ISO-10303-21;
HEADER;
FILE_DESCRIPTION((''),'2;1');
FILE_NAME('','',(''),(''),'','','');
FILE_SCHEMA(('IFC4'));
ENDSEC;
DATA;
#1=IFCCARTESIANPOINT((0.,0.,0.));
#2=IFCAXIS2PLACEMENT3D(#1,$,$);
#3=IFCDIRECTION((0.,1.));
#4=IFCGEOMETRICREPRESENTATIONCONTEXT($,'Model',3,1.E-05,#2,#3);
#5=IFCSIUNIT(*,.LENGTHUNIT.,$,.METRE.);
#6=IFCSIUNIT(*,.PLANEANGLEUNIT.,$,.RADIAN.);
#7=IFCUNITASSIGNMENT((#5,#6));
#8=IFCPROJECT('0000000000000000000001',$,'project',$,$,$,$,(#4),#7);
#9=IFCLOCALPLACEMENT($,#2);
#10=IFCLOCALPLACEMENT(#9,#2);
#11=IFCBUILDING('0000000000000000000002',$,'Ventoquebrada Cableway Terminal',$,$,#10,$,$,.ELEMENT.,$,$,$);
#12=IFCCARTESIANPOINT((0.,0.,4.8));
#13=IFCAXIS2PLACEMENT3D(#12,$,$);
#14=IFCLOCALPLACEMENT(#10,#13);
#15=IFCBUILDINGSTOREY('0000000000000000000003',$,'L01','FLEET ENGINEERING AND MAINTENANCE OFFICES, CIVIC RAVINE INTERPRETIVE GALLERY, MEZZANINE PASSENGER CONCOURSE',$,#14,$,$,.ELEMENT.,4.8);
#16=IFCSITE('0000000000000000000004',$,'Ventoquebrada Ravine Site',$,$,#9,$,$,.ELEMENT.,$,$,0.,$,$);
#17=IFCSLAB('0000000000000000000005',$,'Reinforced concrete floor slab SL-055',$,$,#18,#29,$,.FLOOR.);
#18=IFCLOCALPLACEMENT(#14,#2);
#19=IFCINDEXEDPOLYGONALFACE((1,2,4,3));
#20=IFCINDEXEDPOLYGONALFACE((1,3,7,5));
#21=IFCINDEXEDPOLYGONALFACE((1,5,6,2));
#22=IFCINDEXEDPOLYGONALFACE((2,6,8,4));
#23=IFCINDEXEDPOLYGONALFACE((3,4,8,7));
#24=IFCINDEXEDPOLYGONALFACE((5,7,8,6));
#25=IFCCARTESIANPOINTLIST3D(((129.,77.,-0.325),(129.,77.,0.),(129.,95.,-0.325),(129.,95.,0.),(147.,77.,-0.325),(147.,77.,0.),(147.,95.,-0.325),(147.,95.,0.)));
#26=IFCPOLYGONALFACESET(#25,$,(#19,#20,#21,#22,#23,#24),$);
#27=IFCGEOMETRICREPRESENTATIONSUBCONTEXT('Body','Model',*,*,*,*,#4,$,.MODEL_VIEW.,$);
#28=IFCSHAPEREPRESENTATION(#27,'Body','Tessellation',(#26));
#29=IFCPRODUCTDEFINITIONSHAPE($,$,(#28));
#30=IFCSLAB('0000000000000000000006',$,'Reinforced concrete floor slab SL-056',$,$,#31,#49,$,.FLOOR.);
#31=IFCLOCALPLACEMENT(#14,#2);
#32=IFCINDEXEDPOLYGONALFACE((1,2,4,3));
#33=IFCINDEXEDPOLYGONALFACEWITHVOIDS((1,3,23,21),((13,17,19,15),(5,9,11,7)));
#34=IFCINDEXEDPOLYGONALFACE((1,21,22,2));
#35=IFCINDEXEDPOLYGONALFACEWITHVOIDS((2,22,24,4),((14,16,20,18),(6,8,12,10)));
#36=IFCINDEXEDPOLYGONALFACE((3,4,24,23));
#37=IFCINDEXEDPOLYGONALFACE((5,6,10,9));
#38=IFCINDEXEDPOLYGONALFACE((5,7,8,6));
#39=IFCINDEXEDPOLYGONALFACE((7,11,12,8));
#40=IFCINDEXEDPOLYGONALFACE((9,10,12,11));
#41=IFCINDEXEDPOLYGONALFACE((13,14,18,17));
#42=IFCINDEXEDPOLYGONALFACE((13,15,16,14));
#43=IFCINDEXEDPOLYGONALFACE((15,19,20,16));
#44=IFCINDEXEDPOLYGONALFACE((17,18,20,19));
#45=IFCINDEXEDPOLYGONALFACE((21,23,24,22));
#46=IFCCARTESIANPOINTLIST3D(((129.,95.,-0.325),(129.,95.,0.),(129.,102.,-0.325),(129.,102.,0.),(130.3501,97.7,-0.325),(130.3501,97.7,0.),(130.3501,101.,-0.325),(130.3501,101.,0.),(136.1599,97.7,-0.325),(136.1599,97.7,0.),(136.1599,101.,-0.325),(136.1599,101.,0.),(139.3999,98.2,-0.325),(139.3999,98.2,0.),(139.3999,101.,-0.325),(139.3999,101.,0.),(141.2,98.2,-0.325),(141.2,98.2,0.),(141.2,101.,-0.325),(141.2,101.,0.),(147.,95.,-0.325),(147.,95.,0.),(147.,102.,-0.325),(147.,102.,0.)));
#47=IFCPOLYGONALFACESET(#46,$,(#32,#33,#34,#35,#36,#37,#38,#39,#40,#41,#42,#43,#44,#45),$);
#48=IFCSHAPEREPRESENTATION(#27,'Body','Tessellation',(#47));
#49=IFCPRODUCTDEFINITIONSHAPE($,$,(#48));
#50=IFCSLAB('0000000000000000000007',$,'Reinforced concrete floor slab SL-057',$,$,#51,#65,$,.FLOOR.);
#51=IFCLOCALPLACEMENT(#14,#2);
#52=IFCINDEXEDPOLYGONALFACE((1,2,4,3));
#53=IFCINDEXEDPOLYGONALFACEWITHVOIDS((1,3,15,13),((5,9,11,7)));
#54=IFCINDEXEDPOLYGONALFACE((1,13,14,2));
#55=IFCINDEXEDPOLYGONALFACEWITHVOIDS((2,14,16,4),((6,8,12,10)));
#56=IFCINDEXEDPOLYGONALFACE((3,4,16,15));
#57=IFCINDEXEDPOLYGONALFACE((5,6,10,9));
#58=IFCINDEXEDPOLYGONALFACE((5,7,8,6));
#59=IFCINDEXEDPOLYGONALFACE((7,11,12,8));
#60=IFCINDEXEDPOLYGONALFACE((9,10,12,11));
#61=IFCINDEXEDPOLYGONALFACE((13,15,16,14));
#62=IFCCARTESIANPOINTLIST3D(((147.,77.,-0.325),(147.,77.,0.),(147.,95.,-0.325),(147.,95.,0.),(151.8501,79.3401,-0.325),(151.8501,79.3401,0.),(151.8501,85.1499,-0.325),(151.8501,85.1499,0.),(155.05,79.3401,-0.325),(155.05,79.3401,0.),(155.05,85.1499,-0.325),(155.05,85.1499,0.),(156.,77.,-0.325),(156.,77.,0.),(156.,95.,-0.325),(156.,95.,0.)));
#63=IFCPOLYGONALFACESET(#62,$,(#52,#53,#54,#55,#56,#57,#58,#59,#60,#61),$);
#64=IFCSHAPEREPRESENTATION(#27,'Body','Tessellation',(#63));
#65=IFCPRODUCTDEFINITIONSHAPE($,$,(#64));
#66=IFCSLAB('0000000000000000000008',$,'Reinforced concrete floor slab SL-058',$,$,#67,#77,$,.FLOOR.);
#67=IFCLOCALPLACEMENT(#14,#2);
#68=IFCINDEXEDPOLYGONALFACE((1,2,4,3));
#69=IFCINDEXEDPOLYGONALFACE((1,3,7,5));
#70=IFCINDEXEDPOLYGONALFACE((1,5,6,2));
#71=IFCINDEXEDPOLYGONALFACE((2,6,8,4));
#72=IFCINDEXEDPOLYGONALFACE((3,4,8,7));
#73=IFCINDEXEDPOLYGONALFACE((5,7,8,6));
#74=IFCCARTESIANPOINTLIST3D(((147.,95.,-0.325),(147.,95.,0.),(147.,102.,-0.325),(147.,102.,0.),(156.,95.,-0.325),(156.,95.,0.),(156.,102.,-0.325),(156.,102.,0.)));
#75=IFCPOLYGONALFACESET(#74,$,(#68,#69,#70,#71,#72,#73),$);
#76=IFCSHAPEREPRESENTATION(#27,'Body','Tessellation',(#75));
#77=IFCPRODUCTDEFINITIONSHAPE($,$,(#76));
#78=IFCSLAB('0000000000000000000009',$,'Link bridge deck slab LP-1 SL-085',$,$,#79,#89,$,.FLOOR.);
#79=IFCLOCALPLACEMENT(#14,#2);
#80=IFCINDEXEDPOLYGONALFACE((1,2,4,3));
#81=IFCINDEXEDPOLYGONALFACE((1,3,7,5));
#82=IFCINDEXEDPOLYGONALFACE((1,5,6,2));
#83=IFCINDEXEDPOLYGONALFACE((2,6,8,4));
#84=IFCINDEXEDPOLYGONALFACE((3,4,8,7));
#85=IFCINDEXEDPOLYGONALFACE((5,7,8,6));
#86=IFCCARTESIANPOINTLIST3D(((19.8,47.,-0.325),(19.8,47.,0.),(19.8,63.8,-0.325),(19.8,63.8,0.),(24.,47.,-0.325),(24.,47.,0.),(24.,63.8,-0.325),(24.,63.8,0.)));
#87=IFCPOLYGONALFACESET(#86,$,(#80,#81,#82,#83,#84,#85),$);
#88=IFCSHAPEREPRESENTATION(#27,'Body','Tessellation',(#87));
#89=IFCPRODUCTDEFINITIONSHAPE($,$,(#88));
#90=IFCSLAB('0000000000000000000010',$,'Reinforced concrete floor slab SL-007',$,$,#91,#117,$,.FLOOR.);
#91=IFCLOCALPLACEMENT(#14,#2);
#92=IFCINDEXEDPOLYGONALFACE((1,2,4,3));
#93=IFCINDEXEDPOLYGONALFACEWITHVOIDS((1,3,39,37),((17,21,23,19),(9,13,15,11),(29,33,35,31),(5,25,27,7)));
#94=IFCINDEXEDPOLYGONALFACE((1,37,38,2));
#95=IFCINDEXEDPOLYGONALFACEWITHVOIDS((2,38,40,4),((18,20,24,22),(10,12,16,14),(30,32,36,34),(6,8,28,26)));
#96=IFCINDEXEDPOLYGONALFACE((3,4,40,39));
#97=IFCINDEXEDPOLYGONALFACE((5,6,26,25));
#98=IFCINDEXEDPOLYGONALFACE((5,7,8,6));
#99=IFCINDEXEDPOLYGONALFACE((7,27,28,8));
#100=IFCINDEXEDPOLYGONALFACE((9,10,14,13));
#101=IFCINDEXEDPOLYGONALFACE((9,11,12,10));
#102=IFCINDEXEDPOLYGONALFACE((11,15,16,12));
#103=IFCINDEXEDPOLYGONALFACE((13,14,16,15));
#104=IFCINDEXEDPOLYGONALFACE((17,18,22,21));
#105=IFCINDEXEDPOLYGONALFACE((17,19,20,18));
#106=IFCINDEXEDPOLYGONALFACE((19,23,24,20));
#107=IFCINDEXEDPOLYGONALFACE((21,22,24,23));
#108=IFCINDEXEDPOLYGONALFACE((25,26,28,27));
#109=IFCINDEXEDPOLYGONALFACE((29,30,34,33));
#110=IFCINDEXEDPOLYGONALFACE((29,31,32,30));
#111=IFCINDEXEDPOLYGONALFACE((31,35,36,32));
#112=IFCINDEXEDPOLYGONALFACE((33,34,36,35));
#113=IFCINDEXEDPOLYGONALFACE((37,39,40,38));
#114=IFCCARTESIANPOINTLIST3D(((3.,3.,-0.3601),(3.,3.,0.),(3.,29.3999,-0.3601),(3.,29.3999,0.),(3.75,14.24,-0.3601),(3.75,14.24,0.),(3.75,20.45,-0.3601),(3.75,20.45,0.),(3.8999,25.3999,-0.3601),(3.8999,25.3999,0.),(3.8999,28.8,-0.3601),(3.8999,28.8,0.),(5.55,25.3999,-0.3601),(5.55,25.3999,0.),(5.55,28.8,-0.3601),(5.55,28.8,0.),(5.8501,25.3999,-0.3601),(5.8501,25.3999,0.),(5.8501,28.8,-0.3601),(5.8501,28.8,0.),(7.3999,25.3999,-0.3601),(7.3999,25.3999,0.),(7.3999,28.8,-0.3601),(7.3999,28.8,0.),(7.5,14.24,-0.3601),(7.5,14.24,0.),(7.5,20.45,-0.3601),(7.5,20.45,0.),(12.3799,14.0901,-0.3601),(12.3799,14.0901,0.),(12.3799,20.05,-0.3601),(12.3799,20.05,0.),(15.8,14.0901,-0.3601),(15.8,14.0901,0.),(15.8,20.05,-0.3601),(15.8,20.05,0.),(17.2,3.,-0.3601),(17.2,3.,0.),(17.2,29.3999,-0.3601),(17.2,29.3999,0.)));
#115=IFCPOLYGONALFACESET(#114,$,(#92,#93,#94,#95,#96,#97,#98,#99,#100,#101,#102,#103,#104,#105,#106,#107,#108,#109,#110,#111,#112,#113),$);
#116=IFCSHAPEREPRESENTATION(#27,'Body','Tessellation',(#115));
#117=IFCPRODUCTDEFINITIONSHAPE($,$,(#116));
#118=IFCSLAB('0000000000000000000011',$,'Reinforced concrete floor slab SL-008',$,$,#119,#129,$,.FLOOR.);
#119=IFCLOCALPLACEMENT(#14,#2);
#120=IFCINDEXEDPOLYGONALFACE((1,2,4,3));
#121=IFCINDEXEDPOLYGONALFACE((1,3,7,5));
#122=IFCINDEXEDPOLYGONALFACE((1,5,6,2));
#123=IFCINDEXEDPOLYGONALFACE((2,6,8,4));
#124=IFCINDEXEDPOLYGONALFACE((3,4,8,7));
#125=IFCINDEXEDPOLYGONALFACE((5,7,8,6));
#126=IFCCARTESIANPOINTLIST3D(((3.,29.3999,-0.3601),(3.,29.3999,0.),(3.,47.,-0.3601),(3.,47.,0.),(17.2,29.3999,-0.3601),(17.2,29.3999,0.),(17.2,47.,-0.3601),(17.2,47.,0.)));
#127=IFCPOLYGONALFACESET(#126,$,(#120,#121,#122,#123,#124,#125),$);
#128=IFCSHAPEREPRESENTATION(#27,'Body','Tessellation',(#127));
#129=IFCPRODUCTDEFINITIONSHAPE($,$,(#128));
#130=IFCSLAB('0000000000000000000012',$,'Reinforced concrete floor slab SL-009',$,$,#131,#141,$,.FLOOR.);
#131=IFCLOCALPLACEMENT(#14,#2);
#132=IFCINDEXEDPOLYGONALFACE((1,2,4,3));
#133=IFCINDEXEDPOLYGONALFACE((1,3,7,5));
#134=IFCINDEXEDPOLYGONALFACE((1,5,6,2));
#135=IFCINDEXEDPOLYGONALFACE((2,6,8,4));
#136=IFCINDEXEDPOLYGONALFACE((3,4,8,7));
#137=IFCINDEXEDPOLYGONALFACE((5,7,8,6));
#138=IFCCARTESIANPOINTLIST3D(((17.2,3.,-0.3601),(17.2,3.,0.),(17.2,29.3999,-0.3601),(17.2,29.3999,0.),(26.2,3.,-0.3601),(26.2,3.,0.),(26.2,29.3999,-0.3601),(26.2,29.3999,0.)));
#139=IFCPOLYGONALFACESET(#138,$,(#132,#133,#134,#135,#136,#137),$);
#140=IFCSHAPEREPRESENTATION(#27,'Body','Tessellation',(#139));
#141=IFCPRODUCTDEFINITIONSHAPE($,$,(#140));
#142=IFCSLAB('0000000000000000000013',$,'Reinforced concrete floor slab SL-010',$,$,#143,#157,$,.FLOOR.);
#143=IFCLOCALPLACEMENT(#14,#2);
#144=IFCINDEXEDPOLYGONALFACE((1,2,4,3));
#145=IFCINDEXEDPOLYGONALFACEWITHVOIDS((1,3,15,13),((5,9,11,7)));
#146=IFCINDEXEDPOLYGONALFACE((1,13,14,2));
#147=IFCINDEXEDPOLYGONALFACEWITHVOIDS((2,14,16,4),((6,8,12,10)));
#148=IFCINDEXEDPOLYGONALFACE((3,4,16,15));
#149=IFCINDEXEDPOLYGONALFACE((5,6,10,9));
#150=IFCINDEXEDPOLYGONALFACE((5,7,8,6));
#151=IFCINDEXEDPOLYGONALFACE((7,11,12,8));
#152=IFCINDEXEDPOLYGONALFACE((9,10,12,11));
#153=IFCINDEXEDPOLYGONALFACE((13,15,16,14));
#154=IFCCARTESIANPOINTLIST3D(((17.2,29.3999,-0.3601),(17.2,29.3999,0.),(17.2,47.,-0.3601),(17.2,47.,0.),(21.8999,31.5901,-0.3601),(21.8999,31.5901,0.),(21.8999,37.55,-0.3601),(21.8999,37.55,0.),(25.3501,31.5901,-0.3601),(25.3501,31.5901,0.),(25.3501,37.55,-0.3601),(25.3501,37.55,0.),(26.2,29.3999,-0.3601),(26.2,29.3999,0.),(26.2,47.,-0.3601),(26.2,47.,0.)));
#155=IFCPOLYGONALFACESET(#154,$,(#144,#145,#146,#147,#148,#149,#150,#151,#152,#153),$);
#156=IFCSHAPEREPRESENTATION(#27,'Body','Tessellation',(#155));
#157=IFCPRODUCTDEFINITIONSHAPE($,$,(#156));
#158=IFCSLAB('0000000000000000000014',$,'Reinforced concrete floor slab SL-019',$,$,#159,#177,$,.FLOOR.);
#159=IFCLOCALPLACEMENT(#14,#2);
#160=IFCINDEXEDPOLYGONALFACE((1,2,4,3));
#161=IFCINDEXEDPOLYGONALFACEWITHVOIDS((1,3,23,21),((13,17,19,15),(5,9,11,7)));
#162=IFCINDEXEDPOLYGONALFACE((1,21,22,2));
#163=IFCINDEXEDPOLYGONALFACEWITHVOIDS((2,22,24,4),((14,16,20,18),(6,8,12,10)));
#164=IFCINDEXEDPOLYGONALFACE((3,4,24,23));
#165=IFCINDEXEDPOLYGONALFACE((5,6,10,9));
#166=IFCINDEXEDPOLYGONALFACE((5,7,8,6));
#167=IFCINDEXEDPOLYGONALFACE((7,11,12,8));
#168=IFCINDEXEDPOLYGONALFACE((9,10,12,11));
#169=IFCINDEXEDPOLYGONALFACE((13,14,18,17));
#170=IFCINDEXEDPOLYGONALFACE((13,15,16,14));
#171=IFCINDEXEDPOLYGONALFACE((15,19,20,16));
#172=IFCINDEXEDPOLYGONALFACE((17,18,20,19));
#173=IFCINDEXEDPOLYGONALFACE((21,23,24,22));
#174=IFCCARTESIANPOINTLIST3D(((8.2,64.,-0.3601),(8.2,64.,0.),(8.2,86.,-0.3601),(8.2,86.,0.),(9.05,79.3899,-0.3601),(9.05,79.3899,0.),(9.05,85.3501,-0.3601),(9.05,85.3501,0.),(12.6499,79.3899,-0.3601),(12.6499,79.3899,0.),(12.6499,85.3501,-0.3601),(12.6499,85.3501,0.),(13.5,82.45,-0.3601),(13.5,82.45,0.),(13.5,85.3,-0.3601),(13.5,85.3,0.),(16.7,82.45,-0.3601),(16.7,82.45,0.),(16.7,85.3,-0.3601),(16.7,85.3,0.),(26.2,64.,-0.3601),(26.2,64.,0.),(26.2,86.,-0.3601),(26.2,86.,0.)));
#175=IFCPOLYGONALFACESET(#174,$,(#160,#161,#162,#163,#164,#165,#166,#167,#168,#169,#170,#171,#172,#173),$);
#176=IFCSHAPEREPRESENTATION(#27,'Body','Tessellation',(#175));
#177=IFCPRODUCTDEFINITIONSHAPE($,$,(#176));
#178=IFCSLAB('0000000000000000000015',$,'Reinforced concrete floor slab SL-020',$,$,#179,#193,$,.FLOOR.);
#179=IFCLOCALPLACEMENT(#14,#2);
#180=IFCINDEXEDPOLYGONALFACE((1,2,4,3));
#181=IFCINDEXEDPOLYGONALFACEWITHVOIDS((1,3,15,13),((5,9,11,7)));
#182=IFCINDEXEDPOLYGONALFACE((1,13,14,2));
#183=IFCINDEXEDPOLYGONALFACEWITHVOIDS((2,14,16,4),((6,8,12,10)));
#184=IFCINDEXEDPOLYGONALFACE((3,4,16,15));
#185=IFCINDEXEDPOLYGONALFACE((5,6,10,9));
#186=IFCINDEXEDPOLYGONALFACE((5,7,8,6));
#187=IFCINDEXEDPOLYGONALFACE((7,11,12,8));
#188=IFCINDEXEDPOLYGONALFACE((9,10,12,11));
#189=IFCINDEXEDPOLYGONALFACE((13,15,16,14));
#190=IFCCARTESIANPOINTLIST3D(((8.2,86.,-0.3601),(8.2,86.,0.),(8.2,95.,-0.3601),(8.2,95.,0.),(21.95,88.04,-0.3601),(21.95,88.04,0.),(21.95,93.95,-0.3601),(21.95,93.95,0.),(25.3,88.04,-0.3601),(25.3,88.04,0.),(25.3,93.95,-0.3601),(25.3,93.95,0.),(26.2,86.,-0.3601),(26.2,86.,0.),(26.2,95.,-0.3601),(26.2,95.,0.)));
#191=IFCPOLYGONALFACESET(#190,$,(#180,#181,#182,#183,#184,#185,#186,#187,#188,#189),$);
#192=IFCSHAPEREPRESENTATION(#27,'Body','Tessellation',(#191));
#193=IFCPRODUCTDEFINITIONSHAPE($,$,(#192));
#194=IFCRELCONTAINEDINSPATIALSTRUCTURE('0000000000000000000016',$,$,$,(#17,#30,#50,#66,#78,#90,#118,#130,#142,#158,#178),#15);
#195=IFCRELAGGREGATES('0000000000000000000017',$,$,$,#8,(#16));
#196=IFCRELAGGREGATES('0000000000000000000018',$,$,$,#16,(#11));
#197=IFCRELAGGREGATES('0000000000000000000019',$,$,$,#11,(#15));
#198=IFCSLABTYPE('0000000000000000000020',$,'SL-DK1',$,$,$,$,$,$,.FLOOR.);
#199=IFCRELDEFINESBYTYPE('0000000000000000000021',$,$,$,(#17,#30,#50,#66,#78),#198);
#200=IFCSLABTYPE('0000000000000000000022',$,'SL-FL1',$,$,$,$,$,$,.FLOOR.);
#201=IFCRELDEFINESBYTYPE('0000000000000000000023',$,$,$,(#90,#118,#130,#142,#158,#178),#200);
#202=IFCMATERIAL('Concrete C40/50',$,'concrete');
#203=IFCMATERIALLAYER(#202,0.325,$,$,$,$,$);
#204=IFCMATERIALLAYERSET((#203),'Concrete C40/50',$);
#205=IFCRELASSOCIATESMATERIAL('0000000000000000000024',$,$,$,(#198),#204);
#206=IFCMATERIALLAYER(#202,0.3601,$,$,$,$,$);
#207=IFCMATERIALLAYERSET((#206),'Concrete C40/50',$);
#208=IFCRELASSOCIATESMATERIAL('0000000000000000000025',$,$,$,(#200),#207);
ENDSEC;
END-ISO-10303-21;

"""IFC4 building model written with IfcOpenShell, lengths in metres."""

from ifc_helpers import new_model, si_unit, direction, frame, origin, place, context, subcontext, project, spatial, polyline, outline, extrude, material, layer, layer_set, type_object, element, save


model = new_model("IFC4")

# Units and contexts
model_context = context("Model", 3, precision=1e-05, world=origin(), true_north=direction((0.0, 1.0)))
body_context = subcontext(model_context, "Body", "Model", "MODEL_VIEW")
ifc_project = project(units=[si_unit("LENGTHUNIT", "METRE"), si_unit("PLANEANGLEUNIT", "RADIAN")], contexts=[model_context])

# Site, building, storey
site_placement = place(None, origin())
site = spatial("IfcSite", under=ifc_project, at=site_placement, Name="Ventoquebrada Ravine Site", CompositionType="ELEMENT", RefElevation=0.0)
building_placement = place(site_placement, origin())
building = spatial("IfcBuilding", under=site, at=building_placement, Name="Ventoquebrada Cableway Terminal", CompositionType="ELEMENT")
storey_placement = place(building_placement, frame((0.0, 0.0, 4.8)))
storey = spatial("IfcBuildingStorey", under=building, at=storey_placement, Name="L01", Description="FLEET ENGINEERING AND MAINTENANCE OFFICES, CIVIC RAVINE INTERPRETIVE GALLERY, MEZZANINE PASSENGER CONCOURSE", CompositionType="ELEMENT", Elevation=4.8)

# Slabs
ifc_material_1 = material(Name="Concrete C40/50", Category="concrete")
ifc_layer_1 = layer(ifc_material_1, 0.325)
ifc_layer_set_1 = layer_set([ifc_layer_1], Name="Concrete C40/50")
slab_type_1 = type_object("IfcSlabType", Name="SL-DK1", PredefinedType="FLOOR", material=ifc_layer_set_1)
slab_1_placement = place(storey_placement, frame((0.0, 0.0, -0.325)))
element("IfcSlab", 1, at=slab_1_placement, inside=storey, type_object=slab_type_1, Name="Reinforced concrete floor slab SL-055", PredefinedType="FLOOR", context=body_context, shape_type="SweptSolid", body=[
    extrude(outline(polyline([(147.0, 77.0), (147.0, 95.0), (129.0, 95.0), (129.0, 77.0), (147.0, 77.0)])), origin(), (0.0, 0.0, 1.0), 0.325),
])
slab_2_placement = place(storey_placement, frame((0.0, 0.0, -0.325)))
element("IfcSlab", 2, at=slab_2_placement, inside=storey, type_object=slab_type_1, Name="Reinforced concrete floor slab SL-056", PredefinedType="FLOOR", context=body_context, shape_type="SweptSolid", body=[
    extrude(outline(polyline([(129.0, 95.0), (147.0, 95.0), (147.0, 102.0), (129.0, 102.0), (129.0, 95.0)]), holes=[polyline([(136.1599, 101.0), (136.1599, 97.7), (130.3501, 97.7), (130.3501, 101.0), (136.1599, 101.0)]), polyline([(141.2, 98.2), (139.3999, 98.2), (139.3999, 101.0), (141.2, 101.0), (141.2, 98.2)])]), origin(), (0.0, 0.0, 1.0), 0.325),
])
slab_3_placement = place(storey_placement, frame((0.0, 0.0, -0.325)))
element("IfcSlab", 3, at=slab_3_placement, inside=storey, type_object=slab_type_1, Name="Reinforced concrete floor slab SL-057", PredefinedType="FLOOR", context=body_context, shape_type="SweptSolid", body=[
    extrude(outline(polyline([(156.0, 77.0), (156.0, 95.0), (147.0, 95.0), (147.0, 77.0), (156.0, 77.0)]), holes=[polyline([(155.05, 79.3401), (151.8501, 79.3401), (151.8501, 85.1499), (155.05, 85.1499), (155.05, 79.3401)])]), origin(), (0.0, 0.0, 1.0), 0.325),
])
slab_4_placement = place(storey_placement, frame((0.0, 0.0, -0.325)))
element("IfcSlab", 4, at=slab_4_placement, inside=storey, type_object=slab_type_1, Name="Reinforced concrete floor slab SL-058", PredefinedType="FLOOR", context=body_context, shape_type="SweptSolid", body=[
    extrude(outline(polyline([(156.0, 95.0), (156.0, 102.0), (147.0, 102.0), (147.0, 95.0), (156.0, 95.0)])), origin(), (0.0, 0.0, 1.0), 0.325),
])
slab_5_placement = place(storey_placement, frame((0.0, 0.0, -0.325)))
element("IfcSlab", 5, at=slab_5_placement, inside=storey, type_object=slab_type_1, Name="Link bridge deck slab LP-1 SL-085", PredefinedType="FLOOR", context=body_context, shape_type="SweptSolid", body=[
    extrude(outline(polyline([(24.0, 47.0), (24.0, 63.8), (19.8, 63.8), (19.8, 47.0), (24.0, 47.0)])), origin(), (0.0, 0.0, 1.0), 0.325),
])
ifc_layer_2 = layer(ifc_material_1, 0.3601)
ifc_layer_set_2 = layer_set([ifc_layer_2], Name="Concrete C40/50")
slab_type_2 = type_object("IfcSlabType", Name="SL-FL1", PredefinedType="FLOOR", material=ifc_layer_set_2)
slab_6_placement = place(storey_placement, frame((0.0, 0.0, -0.3601)))
element("IfcSlab", 6, at=slab_6_placement, inside=storey, type_object=slab_type_2, Name="Reinforced concrete floor slab SL-007", PredefinedType="FLOOR", context=body_context, shape_type="SweptSolid", body=[
    extrude(outline(polyline([(17.2, 29.3999), (3.0, 29.3999), (3.0, 3.0), (17.2, 3.0), (17.2, 29.3999)]), holes=[polyline([(3.75, 14.24), (3.75, 20.45), (7.5, 20.45), (7.5, 14.24), (3.75, 14.24)]), polyline([(3.8999, 28.8), (5.55, 28.8), (5.55, 25.3999), (3.8999, 25.3999), (3.8999, 28.8)]), polyline([(7.3999, 28.8), (7.3999, 25.3999), (5.8501, 25.3999), (5.8501, 28.8), (7.3999, 28.8)]), polyline([(15.8, 14.0901), (12.3799, 14.0901), (12.3799, 20.05), (15.8, 20.05), (15.8, 14.0901)])]), origin(), (0.0, 0.0, 1.0), 0.3601),
])
slab_7_placement = place(storey_placement, frame((0.0, 0.0, -0.3601)))
element("IfcSlab", 7, at=slab_7_placement, inside=storey, type_object=slab_type_2, Name="Reinforced concrete floor slab SL-008", PredefinedType="FLOOR", context=body_context, shape_type="SweptSolid", body=[
    extrude(outline(polyline([(17.2, 29.3999), (17.2, 47.0), (3.0, 47.0), (3.0, 29.3999), (17.2, 29.3999)])), origin(), (0.0, 0.0, 1.0), 0.3601),
])
slab_8_placement = place(storey_placement, frame((0.0, 0.0, -0.3601)))
element("IfcSlab", 8, at=slab_8_placement, inside=storey, type_object=slab_type_2, Name="Reinforced concrete floor slab SL-009", PredefinedType="FLOOR", context=body_context, shape_type="SweptSolid", body=[
    extrude(outline(polyline([(26.2, 3.0), (26.2, 29.3999), (17.2, 29.3999), (17.2, 3.0), (26.2, 3.0)])), origin(), (0.0, 0.0, 1.0), 0.3601),
])
slab_9_placement = place(storey_placement, frame((0.0, 0.0, -0.3601)))
element("IfcSlab", 9, at=slab_9_placement, inside=storey, type_object=slab_type_2, Name="Reinforced concrete floor slab SL-010", PredefinedType="FLOOR", context=body_context, shape_type="SweptSolid", body=[
    extrude(outline(polyline([(26.2, 29.3999), (26.2, 47.0), (17.2, 47.0), (17.2, 29.3999), (26.2, 29.3999)]), holes=[polyline([(25.3501, 31.5901), (21.8999, 31.5901), (21.8999, 37.55), (25.3501, 37.55), (25.3501, 31.5901)])]), origin(), (0.0, 0.0, 1.0), 0.3601),
])
slab_10_placement = place(storey_placement, frame((0.0, 0.0, -0.3601)))
element("IfcSlab", 10, at=slab_10_placement, inside=storey, type_object=slab_type_2, Name="Reinforced concrete floor slab SL-019", PredefinedType="FLOOR", context=body_context, shape_type="SweptSolid", body=[
    extrude(outline(polyline([(8.2, 64.0), (26.2, 64.0), (26.2, 86.0), (8.2, 86.0), (8.2, 64.0)]), holes=[polyline([(12.6499, 85.3501), (12.6499, 79.3899), (9.05, 79.3899), (9.05, 85.3501), (12.6499, 85.3501)]), polyline([(16.7, 82.45), (13.5, 82.45), (13.5, 85.3), (16.7, 85.3), (16.7, 82.45)])]), origin(), (0.0, 0.0, 1.0), 0.3601),
])
slab_11_placement = place(storey_placement, frame((0.0, 0.0, -0.3601)))
element("IfcSlab", 11, at=slab_11_placement, inside=storey, type_object=slab_type_2, Name="Reinforced concrete floor slab SL-020", PredefinedType="FLOOR", context=body_context, shape_type="SweptSolid", body=[
    extrude(outline(polyline([(26.2, 86.0), (26.2, 95.0), (8.2, 95.0), (8.2, 86.0), (26.2, 86.0)]), holes=[polyline([(25.3, 88.04), (21.95, 88.04), (21.95, 93.95), (25.3, 93.95), (25.3, 88.04)])]), origin(), (0.0, 0.0, 1.0), 0.3601),
])

save(model, "model.ifc")
